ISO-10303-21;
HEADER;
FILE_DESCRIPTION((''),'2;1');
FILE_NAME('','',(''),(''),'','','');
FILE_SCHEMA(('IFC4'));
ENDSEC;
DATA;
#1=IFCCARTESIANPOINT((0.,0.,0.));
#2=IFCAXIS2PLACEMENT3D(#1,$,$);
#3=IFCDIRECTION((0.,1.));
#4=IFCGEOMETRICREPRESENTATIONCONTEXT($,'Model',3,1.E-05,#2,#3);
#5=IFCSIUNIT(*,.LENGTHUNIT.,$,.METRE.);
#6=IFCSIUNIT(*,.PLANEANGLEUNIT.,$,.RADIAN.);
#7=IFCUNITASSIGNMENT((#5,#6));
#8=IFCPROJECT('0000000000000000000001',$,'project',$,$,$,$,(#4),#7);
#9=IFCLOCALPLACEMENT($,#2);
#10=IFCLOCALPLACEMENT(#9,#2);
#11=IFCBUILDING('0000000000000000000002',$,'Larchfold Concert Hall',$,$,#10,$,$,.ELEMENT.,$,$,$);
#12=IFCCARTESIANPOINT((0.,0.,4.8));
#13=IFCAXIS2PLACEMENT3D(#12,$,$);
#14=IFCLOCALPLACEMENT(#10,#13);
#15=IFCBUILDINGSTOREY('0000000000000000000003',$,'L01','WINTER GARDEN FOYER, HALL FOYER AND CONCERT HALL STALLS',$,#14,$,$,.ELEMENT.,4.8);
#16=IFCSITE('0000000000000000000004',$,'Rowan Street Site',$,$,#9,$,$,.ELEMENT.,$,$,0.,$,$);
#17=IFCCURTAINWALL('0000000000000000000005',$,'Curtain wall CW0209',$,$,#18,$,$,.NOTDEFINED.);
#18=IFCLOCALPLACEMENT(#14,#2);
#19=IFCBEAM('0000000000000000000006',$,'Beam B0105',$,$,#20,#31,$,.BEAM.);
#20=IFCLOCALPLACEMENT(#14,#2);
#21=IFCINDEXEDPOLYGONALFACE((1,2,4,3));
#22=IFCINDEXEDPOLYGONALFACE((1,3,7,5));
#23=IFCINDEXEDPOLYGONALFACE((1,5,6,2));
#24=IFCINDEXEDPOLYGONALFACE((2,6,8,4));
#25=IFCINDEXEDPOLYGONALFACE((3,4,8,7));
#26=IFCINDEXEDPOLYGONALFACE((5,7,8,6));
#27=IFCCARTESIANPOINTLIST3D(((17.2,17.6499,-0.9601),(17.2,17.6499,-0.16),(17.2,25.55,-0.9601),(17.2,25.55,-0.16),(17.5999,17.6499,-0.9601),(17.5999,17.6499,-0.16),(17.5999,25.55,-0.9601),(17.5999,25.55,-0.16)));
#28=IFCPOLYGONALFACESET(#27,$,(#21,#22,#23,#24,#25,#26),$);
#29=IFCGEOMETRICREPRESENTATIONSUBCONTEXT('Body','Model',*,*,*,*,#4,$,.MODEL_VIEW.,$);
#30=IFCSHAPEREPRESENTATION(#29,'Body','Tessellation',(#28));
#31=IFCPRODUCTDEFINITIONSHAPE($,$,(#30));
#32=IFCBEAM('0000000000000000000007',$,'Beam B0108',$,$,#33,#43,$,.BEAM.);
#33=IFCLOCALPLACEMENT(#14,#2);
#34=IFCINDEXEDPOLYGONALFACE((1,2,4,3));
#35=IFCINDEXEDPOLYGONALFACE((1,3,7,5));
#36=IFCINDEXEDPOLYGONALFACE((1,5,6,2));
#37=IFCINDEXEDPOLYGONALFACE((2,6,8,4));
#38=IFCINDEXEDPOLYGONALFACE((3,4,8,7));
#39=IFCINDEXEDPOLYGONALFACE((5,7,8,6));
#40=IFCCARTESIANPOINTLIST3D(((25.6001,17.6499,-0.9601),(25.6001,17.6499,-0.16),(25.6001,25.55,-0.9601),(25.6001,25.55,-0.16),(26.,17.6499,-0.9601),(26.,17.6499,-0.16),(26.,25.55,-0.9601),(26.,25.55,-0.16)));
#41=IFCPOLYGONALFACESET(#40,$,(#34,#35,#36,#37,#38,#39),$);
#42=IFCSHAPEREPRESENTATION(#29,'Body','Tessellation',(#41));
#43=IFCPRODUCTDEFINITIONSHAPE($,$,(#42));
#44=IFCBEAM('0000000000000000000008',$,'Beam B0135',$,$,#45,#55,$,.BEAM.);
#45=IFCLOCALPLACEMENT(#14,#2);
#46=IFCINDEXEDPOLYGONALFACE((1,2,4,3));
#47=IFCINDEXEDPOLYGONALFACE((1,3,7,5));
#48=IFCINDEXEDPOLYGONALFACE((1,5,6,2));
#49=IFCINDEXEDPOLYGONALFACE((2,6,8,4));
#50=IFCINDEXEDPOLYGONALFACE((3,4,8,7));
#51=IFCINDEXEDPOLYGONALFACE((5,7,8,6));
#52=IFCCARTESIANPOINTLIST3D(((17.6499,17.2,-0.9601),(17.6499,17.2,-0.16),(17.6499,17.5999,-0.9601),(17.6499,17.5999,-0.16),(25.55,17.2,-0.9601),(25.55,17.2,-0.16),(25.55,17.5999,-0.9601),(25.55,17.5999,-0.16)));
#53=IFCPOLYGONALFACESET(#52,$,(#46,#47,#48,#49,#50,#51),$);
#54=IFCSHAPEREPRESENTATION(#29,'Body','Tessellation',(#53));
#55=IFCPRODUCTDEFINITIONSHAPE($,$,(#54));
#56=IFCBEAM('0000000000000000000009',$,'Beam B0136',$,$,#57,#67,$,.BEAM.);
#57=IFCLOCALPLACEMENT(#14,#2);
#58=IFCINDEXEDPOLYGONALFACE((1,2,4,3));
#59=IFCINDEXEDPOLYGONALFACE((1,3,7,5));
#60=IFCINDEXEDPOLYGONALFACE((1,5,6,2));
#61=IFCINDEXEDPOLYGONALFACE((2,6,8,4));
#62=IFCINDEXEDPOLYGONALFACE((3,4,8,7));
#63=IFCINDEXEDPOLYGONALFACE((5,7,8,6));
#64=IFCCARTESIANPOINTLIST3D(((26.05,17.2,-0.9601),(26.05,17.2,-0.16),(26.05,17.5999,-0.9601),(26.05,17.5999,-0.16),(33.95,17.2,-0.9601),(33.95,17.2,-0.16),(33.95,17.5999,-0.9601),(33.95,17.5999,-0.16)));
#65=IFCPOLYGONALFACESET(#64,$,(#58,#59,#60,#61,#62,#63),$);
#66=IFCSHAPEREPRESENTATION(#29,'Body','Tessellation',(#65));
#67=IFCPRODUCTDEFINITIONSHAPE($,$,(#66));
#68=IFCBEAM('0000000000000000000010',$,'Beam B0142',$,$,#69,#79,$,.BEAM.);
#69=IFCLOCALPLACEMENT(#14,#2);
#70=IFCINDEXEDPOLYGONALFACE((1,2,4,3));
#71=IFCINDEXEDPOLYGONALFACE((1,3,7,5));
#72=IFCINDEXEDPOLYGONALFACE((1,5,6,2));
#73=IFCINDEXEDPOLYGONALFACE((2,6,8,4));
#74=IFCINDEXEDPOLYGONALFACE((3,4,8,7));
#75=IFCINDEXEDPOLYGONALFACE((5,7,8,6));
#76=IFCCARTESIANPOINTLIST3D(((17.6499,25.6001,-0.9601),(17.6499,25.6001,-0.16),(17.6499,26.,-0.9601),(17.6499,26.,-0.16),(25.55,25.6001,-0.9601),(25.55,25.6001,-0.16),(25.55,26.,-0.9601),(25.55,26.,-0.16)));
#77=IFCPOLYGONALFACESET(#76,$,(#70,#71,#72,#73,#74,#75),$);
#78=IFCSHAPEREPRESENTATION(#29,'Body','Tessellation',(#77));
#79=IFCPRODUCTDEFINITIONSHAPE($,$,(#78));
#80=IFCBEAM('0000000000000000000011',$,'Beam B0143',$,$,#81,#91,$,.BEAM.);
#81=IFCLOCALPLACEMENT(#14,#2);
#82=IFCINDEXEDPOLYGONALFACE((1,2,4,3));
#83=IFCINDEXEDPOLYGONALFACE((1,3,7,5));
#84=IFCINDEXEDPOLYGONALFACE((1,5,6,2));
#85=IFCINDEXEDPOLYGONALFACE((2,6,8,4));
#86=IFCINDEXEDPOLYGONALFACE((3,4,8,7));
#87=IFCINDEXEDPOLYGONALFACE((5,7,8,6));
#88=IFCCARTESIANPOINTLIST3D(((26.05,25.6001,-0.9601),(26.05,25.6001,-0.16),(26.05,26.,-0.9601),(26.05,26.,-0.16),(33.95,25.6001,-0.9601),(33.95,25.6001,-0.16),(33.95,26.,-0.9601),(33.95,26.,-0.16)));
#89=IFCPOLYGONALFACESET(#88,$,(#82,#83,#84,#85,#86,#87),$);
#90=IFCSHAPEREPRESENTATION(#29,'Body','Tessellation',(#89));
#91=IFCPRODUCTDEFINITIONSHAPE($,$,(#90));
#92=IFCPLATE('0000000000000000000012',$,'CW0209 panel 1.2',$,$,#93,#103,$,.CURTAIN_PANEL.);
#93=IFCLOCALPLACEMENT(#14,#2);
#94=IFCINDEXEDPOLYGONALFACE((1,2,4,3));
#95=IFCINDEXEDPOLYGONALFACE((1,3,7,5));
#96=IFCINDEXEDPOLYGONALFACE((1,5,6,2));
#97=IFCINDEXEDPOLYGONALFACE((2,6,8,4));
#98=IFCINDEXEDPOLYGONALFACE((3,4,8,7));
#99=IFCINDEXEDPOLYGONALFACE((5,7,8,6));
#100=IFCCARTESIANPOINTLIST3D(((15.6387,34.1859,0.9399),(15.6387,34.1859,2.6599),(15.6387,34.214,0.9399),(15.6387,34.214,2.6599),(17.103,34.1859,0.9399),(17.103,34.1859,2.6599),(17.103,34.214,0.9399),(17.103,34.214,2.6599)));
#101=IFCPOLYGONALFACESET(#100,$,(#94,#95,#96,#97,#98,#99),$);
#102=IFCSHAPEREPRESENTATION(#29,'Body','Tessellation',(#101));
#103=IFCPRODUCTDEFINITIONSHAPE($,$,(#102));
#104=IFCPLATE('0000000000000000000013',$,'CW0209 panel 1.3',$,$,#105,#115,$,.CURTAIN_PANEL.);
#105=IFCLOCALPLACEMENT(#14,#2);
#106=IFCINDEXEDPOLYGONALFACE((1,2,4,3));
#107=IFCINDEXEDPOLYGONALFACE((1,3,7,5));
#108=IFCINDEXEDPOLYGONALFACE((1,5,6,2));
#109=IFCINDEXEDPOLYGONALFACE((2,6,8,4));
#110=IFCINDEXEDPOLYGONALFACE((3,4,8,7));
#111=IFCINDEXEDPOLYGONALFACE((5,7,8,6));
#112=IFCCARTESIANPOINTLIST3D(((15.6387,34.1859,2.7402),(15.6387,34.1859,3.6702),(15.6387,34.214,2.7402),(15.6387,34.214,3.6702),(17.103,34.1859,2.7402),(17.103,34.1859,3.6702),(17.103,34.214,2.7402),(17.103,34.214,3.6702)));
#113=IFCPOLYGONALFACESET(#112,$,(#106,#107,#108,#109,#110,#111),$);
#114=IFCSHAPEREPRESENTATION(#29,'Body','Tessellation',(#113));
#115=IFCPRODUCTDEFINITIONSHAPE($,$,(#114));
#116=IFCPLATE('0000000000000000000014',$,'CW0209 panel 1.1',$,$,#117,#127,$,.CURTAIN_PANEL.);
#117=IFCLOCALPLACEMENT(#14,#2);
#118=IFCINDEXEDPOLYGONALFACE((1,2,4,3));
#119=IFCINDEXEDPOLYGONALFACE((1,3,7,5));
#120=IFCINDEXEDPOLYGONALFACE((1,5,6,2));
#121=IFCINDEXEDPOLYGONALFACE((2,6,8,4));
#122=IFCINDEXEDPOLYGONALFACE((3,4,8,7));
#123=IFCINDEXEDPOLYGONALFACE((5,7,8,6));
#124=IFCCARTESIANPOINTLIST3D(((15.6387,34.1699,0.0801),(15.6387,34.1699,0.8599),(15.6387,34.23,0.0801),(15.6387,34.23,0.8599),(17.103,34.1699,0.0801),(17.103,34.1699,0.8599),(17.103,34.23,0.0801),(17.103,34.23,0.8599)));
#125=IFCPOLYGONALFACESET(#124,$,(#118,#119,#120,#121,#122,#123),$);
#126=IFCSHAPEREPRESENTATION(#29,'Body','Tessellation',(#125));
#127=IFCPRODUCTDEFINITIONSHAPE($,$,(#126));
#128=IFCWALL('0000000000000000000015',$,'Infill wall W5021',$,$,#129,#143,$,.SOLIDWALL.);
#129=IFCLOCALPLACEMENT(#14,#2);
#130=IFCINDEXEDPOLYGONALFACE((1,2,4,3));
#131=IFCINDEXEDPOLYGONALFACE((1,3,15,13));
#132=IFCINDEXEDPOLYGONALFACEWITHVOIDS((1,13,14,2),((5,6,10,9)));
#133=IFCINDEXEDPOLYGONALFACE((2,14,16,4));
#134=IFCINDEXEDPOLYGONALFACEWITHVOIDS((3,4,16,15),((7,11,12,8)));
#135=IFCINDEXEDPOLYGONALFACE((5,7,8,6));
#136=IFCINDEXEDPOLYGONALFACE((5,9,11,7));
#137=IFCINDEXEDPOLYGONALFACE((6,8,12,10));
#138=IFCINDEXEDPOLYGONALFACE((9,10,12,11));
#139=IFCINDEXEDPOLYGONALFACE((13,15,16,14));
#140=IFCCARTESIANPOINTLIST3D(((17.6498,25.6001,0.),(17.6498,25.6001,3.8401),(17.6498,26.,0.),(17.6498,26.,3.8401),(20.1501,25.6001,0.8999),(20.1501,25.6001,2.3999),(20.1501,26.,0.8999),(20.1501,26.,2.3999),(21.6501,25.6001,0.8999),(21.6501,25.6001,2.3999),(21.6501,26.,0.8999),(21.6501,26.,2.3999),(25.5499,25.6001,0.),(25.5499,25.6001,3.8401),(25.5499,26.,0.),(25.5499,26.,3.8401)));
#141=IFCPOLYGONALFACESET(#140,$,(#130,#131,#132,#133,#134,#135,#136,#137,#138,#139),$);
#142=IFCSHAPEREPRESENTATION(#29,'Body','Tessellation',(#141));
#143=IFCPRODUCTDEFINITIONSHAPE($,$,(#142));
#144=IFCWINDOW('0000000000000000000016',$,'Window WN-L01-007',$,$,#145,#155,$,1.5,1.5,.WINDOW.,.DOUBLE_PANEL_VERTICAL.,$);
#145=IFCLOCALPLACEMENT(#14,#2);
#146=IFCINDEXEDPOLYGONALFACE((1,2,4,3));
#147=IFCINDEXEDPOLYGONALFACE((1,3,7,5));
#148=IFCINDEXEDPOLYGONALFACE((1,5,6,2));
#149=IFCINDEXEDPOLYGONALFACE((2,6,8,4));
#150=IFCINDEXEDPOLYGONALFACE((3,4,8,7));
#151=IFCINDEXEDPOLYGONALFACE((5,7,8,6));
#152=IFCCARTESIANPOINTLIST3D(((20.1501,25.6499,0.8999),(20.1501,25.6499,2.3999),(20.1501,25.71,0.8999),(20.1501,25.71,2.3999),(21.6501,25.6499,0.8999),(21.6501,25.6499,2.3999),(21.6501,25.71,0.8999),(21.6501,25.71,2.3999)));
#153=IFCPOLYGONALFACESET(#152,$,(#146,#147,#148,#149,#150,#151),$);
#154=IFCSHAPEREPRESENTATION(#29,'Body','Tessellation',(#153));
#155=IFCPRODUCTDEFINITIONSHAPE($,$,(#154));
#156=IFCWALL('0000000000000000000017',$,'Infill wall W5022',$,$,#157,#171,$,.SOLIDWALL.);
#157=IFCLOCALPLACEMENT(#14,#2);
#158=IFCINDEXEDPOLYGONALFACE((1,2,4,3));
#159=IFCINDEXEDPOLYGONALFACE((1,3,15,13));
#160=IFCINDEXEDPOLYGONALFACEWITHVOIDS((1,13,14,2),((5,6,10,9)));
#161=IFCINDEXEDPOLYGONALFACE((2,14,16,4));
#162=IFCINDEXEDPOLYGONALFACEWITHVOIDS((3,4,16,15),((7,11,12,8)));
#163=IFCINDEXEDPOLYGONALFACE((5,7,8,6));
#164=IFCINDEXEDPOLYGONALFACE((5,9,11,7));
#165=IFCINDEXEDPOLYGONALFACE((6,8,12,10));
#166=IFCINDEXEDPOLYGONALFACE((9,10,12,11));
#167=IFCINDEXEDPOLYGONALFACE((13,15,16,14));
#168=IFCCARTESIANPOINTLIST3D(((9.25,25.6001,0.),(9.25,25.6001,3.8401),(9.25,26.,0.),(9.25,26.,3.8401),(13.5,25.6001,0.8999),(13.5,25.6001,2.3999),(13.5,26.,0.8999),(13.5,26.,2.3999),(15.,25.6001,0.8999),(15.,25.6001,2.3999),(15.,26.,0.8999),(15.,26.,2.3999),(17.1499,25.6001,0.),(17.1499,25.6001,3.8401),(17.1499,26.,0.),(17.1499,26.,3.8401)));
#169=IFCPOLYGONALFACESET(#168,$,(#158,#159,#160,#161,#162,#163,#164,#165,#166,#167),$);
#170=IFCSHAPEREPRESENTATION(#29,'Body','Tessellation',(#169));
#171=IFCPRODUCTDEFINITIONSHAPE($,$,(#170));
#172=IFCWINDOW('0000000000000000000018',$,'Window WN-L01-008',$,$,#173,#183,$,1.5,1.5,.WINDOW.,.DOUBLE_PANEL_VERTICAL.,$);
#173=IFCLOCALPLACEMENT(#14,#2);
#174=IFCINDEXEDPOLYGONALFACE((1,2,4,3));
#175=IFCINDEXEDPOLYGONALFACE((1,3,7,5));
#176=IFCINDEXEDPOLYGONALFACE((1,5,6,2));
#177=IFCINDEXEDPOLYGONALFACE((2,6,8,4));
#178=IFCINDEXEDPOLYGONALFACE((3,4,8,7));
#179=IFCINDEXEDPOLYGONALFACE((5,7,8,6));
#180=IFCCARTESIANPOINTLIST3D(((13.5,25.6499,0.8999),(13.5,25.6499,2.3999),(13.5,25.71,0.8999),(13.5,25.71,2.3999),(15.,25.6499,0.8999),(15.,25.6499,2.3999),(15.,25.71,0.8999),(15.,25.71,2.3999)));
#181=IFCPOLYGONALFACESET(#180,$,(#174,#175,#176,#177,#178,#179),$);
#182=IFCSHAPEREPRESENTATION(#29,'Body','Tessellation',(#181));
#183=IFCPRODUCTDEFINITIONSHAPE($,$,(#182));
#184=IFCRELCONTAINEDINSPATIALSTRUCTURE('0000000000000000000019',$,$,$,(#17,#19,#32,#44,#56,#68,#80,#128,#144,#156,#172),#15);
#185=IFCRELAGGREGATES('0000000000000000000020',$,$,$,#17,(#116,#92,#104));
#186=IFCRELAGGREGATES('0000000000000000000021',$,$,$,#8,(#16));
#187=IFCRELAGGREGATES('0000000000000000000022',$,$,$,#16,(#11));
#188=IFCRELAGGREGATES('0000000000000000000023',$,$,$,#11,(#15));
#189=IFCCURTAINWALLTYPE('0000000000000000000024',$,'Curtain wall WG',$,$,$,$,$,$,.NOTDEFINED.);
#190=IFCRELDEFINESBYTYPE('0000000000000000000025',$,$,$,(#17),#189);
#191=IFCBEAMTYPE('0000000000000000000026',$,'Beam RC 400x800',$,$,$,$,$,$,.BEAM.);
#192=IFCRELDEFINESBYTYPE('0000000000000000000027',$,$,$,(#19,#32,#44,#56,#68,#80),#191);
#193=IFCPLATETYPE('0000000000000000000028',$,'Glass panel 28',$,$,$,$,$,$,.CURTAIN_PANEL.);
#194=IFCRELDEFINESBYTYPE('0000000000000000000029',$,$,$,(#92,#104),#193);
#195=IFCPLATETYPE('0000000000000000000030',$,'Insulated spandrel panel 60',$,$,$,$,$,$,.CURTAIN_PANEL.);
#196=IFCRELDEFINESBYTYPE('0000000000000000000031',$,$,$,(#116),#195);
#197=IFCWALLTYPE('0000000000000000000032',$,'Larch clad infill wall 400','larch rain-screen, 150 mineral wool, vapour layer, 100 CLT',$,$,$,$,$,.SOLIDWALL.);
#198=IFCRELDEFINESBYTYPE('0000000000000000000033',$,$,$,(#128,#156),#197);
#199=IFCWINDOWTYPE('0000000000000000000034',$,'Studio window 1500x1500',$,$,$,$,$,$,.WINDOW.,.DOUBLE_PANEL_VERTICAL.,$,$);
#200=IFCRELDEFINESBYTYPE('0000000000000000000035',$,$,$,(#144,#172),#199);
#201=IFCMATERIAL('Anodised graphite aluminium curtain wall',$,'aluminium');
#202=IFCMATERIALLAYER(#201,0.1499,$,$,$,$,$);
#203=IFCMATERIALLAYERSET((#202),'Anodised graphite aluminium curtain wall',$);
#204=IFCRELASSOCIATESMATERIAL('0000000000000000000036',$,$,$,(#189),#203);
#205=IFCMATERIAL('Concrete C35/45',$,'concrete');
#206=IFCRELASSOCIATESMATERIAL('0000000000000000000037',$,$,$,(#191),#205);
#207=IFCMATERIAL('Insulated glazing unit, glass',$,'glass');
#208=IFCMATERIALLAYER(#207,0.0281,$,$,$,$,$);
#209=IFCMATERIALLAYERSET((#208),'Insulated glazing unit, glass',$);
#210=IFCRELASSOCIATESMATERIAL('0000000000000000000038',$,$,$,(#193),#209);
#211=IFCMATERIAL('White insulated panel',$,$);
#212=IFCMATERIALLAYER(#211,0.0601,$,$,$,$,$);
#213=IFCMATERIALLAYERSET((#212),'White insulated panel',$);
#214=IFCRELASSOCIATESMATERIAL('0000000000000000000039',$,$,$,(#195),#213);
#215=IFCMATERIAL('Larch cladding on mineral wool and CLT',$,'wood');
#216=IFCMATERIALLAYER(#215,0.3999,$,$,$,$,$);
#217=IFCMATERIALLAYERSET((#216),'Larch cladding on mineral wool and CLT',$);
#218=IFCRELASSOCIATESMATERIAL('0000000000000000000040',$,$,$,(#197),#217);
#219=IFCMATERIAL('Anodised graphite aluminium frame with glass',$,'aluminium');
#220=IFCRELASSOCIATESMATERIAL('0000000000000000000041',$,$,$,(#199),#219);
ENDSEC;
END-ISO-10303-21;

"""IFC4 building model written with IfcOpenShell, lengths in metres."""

from ifc_helpers import new_model, si_unit, direction, frame, frame_2d, origin, origin_2d, place, context, subcontext, project, spatial, rectangle, extrude, material, layer, layer_set, material_profile, profile_set, type_object, element, fill, aggregate, save


model = new_model("IFC4")

# Units and contexts
model_context = context("Model", 3, precision=1e-05, world=origin(), true_north=direction((0.0, 1.0)))
body_context = subcontext(model_context, "Body", "Model", "MODEL_VIEW")
ifc_project = project(units=[si_unit("LENGTHUNIT", "METRE"), si_unit("PLANEANGLEUNIT", "RADIAN")], contexts=[model_context])

# Site, building, storey
site_placement = place(None, origin())
site = spatial("IfcSite", under=ifc_project, at=site_placement, Name="Rowan Street Site", CompositionType="ELEMENT", RefElevation=0.0)
building_placement = place(site_placement, origin())
building = spatial("IfcBuilding", under=site, at=building_placement, Name="Larchfold Concert Hall", CompositionType="ELEMENT")
storey_placement = place(building_placement, frame((0.0, 0.0, 4.8)))
storey = spatial("IfcBuildingStorey", under=building, at=storey_placement, Name="L01", Description="WINTER GARDEN FOYER, HALL FOYER AND CONCERT HALL STALLS", CompositionType="ELEMENT", Elevation=4.8)

# Shared definitions
ifc_material_1 = material(Name="Anodised graphite aluminium curtain wall", Category="aluminium")
ifc_layer_1 = layer(ifc_material_1, 0.1499)
ifc_layer_set_1 = layer_set([ifc_layer_1], Name="Anodised graphite aluminium curtain wall")
curtain_wall_type = type_object("IfcCurtainWallType", Name="Curtain wall WG", PredefinedType="NOTDEFINED", material=ifc_layer_set_1)

# Curtain wall
curtain_wall_1_placement = place(storey_placement, origin())
curtain_wall_1 = element("IfcCurtainWall", 1, at=curtain_wall_1_placement, inside=storey, type_object=curtain_wall_type, Name="Curtain wall CW0209", PredefinedType="NOTDEFINED")

# Beams
ifc_material_2 = material(Name="Concrete C35/45", Category="concrete")
ifc_material_profile_1 = material_profile(ifc_material_2, rectangle(XDim=0.3999, YDim=0.8, at=origin_2d()))
ifc_profile_set_1 = profile_set([ifc_material_profile_1], Name="Concrete C35/45")
beam_type_1 = type_object("IfcBeamType", Name="Beam RC 400x800", PredefinedType="BEAM", material=ifc_profile_set_1)
for number, where, z_axis, x_axis, name in (
    (2, (17.3999, 17.6499, -0.5601), (0.0, 1.0, 0.0), (-1.0, 0.0, 0.0), "Beam B0105"),
    (3, (25.8, 17.6499, -0.5601), (0.0, 1.0, 0.0), (-1.0, 0.0, 0.0), "Beam B0108"),
    (4, (17.6499, 17.3999, -0.5601), (1.0, 0.0, 0.0), (0.0, 1.0, 0.0), "Beam B0135"),
):
    element("IfcBeam", number, at=place(storey_placement, frame(where, z_axis=z_axis, x_axis=x_axis)), inside=storey, type_object=beam_type_1, Name=name, PredefinedType="BEAM", context=body_context, shape_type="SweptSolid", body=[
        extrude(rectangle(XDim=0.3999, YDim=0.8, at=origin_2d()), origin(), (0.0, 0.0, 1.0), 7.9001),
    ])
beam_1_placement = place(storey_placement, frame((26.05, 17.3999, -0.5601), z_axis=(1.0, 0.0, 0.0), x_axis=(0.0, 1.0, 0.0)))
element("IfcBeam", 5, at=beam_1_placement, inside=storey, type_object=beam_type_1, Name="Beam B0136", PredefinedType="BEAM", context=body_context, shape_type="SweptSolid", body=[
    extrude(rectangle(XDim=0.3999, YDim=0.8, at=origin_2d()), origin(), (0.0, 0.0, 1.0), 7.8999),
])
beam_2_placement = place(storey_placement, frame((17.6499, 25.8, -0.5601), z_axis=(1.0, 0.0, 0.0), x_axis=(0.0, 1.0, 0.0)))
element("IfcBeam", 6, at=beam_2_placement, inside=storey, type_object=beam_type_1, Name="Beam B0142", PredefinedType="BEAM", context=body_context, shape_type="SweptSolid", body=[
    extrude(rectangle(XDim=0.3999, YDim=0.8, at=origin_2d()), origin(), (0.0, 0.0, 1.0), 7.9001),
])
beam_3_placement = place(storey_placement, frame((26.05, 25.8, -0.5601), z_axis=(1.0, 0.0, 0.0), x_axis=(0.0, 1.0, 0.0)))
element("IfcBeam", 7, at=beam_3_placement, inside=storey, type_object=beam_type_1, Name="Beam B0143", PredefinedType="BEAM", context=body_context, shape_type="SweptSolid", body=[
    extrude(rectangle(XDim=0.3999, YDim=0.8, at=origin_2d()), origin(), (0.0, 0.0, 1.0), 7.8999),
])

# Plates
ifc_material_3 = material(Name="Insulated glazing unit, glass", Category="glass")
ifc_layer_2 = layer(ifc_material_3, 0.0281)
ifc_layer_set_2 = layer_set([ifc_layer_2], Name="Insulated glazing unit, glass")
plate_type_1 = type_object("IfcPlateType", Name="Glass panel 28", PredefinedType="CURTAIN_PANEL", material=ifc_layer_set_2)
plate_1_placement = place(storey_placement, frame((16.3708, 34.2, 0.9399), z_axis=(0.0, 0.0, 1.0), x_axis=(1.0, 0.0, 0.0)))
plate_1 = element("IfcPlate", 8, at=plate_1_placement, type_object=plate_type_1, Name="CW0209 panel 1.2", PredefinedType="CURTAIN_PANEL", context=body_context, shape_type="SweptSolid", body=[
    extrude(rectangle(XDim=1.4644, YDim=0.0281, at=origin_2d()), origin(), (0.0, 0.0, 1.0), 1.72),
])
plate_2_placement = place(storey_placement, frame((16.3708, 34.2, 2.7402), z_axis=(0.0, 0.0, 1.0), x_axis=(1.0, 0.0, 0.0)))
plate_2 = element("IfcPlate", 9, at=plate_2_placement, type_object=plate_type_1, Name="CW0209 panel 1.3", PredefinedType="CURTAIN_PANEL", context=body_context, shape_type="SweptSolid", body=[
    extrude(rectangle(XDim=1.4644, YDim=0.0281, at=origin_2d()), origin(), (0.0, 0.0, 1.0), 0.9299),
])
ifc_material_4 = material(Name="White insulated panel")
ifc_layer_3 = layer(ifc_material_4, 0.0601)
ifc_layer_set_3 = layer_set([ifc_layer_3], Name="White insulated panel")
plate_type_2 = type_object("IfcPlateType", Name="Insulated spandrel panel 60", PredefinedType="CURTAIN_PANEL", material=ifc_layer_set_3)
plate_3_placement = place(storey_placement, frame((16.3708, 34.2, 0.0801), z_axis=(0.0, 0.0, 1.0), x_axis=(1.0, 0.0, 0.0)))
plate_3 = element("IfcPlate", 10, at=plate_3_placement, type_object=plate_type_2, Name="CW0209 panel 1.1", PredefinedType="CURTAIN_PANEL", context=body_context, shape_type="SweptSolid", body=[
    extrude(rectangle(XDim=1.4644, YDim=0.0601, at=origin_2d()), origin(), (0.0, 0.0, 1.0), 0.7798),
])
aggregate(curtain_wall_1, [plate_3, plate_1, plate_2])

# Walls, openings, windows
ifc_material_5 = material(Name="Larch cladding on mineral wool and CLT", Category="wood")
ifc_layer_4 = layer(ifc_material_5, 0.3999)
ifc_layer_set_4 = layer_set([ifc_layer_4], Name="Larch cladding on mineral wool and CLT")
wall_type = type_object("IfcWallType", Name="Larch clad infill wall 400", Description="larch rain-screen, 150 mineral wool, vapour layer, 100 CLT", PredefinedType="SOLIDWALL", material=ifc_layer_set_4)
wall_1_placement = place(storey_placement, frame((25.55, 25.8, 0.0), z_axis=(0.0, 0.0, 1.0), x_axis=(-1.0, 0.0, 0.0)))
wall_1 = element("IfcWall", 11, at=wall_1_placement, inside=storey, type_object=wall_type, Name="Infill wall W5021", PredefinedType="SOLIDWALL", context=body_context, shape_type="SweptSolid", body=[
    extrude(rectangle(XDim=7.9001, YDim=0.3999, at=frame_2d((3.9502, 0.0))), origin(), (0.0, 0.0, 1.0), 3.8401),
])
opening_1_placement = place(wall_1_placement, frame((3.8999, 0.0, 0.8999)))
opening_1 = element("IfcOpeningElement", 12, at=opening_1_placement, cuts=wall_1, PredefinedType="OPENING", context=body_context, shape_type="SweptSolid", body=[
    extrude(rectangle(XDim=1.5, YDim=1.5, at=frame_2d((0.75, 0.75))), frame((0.0, 0.21, 0.0), z_axis=(0.0, -1.0, 0.0), x_axis=(1.0, 0.0, 0.0)), (0.0, 0.0, 1.0), 0.4199),
])
ifc_material_6 = material(Name="Anodised graphite aluminium frame with glass", Category="aluminium")
window_type = type_object("IfcWindowType", Name="Studio window 1500x1500", PartitioningType="DOUBLE_PANEL_VERTICAL", PredefinedType="WINDOW", material=ifc_material_6)
window_1_placement = place(opening_1_placement, origin())
window_1 = element("IfcWindow", 13, at=window_1_placement, inside=storey, type_object=window_type, Name="Window WN-L01-007", OverallHeight=1.5, OverallWidth=1.5, PartitioningType="DOUBLE_PANEL_VERTICAL", PredefinedType="WINDOW", context=body_context, shape_type="SweptSolid", body=[
    extrude(rectangle(XDim=1.5, YDim=1.5, at=frame_2d((0.75, 0.75))), frame((0.0, 0.1501, 0.0), z_axis=(0.0, -1.0, 0.0), x_axis=(1.0, 0.0, 0.0)), (0.0, 0.0, 1.0), 0.0601),
])
fill(opening_1, window_1)
wall_2_placement = place(storey_placement, frame((17.1499, 25.8, 0.0), z_axis=(0.0, 0.0, 1.0), x_axis=(-1.0, 0.0, 0.0)))
wall_2 = element("IfcWall", 14, at=wall_2_placement, inside=storey, type_object=wall_type, Name="Infill wall W5022", PredefinedType="SOLIDWALL", context=body_context, shape_type="SweptSolid", body=[
    extrude(rectangle(XDim=7.8999, YDim=0.3999, at=frame_2d((3.95, 0.0))), origin(), (0.0, 0.0, 1.0), 3.8401),
])
opening_2_placement = place(wall_2_placement, frame((2.1499, 0.0, 0.8999)))
opening_2 = element("IfcOpeningElement", 15, at=opening_2_placement, cuts=wall_2, PredefinedType="OPENING", context=body_context, shape_type="SweptSolid", body=[
    extrude(rectangle(XDim=1.5, YDim=1.5, at=frame_2d((0.75, 0.75))), frame((0.0, 0.21, 0.0), z_axis=(0.0, -1.0, 0.0), x_axis=(1.0, 0.0, 0.0)), (0.0, 0.0, 1.0), 0.4199),
])
window_2_placement = place(opening_2_placement, origin())
window_2 = element("IfcWindow", 16, at=window_2_placement, inside=storey, type_object=window_type, Name="Window WN-L01-008", OverallHeight=1.5, OverallWidth=1.5, PartitioningType="DOUBLE_PANEL_VERTICAL", PredefinedType="WINDOW", context=body_context, shape_type="SweptSolid", body=[
    extrude(rectangle(XDim=1.5, YDim=1.5, at=frame_2d((0.75, 0.75))), frame((0.0, 0.1501, 0.0), z_axis=(0.0, -1.0, 0.0), x_axis=(1.0, 0.0, 0.0)), (0.0, 0.0, 1.0), 0.0601),
])
fill(opening_2, window_2)

save(model, "model.ifc")
